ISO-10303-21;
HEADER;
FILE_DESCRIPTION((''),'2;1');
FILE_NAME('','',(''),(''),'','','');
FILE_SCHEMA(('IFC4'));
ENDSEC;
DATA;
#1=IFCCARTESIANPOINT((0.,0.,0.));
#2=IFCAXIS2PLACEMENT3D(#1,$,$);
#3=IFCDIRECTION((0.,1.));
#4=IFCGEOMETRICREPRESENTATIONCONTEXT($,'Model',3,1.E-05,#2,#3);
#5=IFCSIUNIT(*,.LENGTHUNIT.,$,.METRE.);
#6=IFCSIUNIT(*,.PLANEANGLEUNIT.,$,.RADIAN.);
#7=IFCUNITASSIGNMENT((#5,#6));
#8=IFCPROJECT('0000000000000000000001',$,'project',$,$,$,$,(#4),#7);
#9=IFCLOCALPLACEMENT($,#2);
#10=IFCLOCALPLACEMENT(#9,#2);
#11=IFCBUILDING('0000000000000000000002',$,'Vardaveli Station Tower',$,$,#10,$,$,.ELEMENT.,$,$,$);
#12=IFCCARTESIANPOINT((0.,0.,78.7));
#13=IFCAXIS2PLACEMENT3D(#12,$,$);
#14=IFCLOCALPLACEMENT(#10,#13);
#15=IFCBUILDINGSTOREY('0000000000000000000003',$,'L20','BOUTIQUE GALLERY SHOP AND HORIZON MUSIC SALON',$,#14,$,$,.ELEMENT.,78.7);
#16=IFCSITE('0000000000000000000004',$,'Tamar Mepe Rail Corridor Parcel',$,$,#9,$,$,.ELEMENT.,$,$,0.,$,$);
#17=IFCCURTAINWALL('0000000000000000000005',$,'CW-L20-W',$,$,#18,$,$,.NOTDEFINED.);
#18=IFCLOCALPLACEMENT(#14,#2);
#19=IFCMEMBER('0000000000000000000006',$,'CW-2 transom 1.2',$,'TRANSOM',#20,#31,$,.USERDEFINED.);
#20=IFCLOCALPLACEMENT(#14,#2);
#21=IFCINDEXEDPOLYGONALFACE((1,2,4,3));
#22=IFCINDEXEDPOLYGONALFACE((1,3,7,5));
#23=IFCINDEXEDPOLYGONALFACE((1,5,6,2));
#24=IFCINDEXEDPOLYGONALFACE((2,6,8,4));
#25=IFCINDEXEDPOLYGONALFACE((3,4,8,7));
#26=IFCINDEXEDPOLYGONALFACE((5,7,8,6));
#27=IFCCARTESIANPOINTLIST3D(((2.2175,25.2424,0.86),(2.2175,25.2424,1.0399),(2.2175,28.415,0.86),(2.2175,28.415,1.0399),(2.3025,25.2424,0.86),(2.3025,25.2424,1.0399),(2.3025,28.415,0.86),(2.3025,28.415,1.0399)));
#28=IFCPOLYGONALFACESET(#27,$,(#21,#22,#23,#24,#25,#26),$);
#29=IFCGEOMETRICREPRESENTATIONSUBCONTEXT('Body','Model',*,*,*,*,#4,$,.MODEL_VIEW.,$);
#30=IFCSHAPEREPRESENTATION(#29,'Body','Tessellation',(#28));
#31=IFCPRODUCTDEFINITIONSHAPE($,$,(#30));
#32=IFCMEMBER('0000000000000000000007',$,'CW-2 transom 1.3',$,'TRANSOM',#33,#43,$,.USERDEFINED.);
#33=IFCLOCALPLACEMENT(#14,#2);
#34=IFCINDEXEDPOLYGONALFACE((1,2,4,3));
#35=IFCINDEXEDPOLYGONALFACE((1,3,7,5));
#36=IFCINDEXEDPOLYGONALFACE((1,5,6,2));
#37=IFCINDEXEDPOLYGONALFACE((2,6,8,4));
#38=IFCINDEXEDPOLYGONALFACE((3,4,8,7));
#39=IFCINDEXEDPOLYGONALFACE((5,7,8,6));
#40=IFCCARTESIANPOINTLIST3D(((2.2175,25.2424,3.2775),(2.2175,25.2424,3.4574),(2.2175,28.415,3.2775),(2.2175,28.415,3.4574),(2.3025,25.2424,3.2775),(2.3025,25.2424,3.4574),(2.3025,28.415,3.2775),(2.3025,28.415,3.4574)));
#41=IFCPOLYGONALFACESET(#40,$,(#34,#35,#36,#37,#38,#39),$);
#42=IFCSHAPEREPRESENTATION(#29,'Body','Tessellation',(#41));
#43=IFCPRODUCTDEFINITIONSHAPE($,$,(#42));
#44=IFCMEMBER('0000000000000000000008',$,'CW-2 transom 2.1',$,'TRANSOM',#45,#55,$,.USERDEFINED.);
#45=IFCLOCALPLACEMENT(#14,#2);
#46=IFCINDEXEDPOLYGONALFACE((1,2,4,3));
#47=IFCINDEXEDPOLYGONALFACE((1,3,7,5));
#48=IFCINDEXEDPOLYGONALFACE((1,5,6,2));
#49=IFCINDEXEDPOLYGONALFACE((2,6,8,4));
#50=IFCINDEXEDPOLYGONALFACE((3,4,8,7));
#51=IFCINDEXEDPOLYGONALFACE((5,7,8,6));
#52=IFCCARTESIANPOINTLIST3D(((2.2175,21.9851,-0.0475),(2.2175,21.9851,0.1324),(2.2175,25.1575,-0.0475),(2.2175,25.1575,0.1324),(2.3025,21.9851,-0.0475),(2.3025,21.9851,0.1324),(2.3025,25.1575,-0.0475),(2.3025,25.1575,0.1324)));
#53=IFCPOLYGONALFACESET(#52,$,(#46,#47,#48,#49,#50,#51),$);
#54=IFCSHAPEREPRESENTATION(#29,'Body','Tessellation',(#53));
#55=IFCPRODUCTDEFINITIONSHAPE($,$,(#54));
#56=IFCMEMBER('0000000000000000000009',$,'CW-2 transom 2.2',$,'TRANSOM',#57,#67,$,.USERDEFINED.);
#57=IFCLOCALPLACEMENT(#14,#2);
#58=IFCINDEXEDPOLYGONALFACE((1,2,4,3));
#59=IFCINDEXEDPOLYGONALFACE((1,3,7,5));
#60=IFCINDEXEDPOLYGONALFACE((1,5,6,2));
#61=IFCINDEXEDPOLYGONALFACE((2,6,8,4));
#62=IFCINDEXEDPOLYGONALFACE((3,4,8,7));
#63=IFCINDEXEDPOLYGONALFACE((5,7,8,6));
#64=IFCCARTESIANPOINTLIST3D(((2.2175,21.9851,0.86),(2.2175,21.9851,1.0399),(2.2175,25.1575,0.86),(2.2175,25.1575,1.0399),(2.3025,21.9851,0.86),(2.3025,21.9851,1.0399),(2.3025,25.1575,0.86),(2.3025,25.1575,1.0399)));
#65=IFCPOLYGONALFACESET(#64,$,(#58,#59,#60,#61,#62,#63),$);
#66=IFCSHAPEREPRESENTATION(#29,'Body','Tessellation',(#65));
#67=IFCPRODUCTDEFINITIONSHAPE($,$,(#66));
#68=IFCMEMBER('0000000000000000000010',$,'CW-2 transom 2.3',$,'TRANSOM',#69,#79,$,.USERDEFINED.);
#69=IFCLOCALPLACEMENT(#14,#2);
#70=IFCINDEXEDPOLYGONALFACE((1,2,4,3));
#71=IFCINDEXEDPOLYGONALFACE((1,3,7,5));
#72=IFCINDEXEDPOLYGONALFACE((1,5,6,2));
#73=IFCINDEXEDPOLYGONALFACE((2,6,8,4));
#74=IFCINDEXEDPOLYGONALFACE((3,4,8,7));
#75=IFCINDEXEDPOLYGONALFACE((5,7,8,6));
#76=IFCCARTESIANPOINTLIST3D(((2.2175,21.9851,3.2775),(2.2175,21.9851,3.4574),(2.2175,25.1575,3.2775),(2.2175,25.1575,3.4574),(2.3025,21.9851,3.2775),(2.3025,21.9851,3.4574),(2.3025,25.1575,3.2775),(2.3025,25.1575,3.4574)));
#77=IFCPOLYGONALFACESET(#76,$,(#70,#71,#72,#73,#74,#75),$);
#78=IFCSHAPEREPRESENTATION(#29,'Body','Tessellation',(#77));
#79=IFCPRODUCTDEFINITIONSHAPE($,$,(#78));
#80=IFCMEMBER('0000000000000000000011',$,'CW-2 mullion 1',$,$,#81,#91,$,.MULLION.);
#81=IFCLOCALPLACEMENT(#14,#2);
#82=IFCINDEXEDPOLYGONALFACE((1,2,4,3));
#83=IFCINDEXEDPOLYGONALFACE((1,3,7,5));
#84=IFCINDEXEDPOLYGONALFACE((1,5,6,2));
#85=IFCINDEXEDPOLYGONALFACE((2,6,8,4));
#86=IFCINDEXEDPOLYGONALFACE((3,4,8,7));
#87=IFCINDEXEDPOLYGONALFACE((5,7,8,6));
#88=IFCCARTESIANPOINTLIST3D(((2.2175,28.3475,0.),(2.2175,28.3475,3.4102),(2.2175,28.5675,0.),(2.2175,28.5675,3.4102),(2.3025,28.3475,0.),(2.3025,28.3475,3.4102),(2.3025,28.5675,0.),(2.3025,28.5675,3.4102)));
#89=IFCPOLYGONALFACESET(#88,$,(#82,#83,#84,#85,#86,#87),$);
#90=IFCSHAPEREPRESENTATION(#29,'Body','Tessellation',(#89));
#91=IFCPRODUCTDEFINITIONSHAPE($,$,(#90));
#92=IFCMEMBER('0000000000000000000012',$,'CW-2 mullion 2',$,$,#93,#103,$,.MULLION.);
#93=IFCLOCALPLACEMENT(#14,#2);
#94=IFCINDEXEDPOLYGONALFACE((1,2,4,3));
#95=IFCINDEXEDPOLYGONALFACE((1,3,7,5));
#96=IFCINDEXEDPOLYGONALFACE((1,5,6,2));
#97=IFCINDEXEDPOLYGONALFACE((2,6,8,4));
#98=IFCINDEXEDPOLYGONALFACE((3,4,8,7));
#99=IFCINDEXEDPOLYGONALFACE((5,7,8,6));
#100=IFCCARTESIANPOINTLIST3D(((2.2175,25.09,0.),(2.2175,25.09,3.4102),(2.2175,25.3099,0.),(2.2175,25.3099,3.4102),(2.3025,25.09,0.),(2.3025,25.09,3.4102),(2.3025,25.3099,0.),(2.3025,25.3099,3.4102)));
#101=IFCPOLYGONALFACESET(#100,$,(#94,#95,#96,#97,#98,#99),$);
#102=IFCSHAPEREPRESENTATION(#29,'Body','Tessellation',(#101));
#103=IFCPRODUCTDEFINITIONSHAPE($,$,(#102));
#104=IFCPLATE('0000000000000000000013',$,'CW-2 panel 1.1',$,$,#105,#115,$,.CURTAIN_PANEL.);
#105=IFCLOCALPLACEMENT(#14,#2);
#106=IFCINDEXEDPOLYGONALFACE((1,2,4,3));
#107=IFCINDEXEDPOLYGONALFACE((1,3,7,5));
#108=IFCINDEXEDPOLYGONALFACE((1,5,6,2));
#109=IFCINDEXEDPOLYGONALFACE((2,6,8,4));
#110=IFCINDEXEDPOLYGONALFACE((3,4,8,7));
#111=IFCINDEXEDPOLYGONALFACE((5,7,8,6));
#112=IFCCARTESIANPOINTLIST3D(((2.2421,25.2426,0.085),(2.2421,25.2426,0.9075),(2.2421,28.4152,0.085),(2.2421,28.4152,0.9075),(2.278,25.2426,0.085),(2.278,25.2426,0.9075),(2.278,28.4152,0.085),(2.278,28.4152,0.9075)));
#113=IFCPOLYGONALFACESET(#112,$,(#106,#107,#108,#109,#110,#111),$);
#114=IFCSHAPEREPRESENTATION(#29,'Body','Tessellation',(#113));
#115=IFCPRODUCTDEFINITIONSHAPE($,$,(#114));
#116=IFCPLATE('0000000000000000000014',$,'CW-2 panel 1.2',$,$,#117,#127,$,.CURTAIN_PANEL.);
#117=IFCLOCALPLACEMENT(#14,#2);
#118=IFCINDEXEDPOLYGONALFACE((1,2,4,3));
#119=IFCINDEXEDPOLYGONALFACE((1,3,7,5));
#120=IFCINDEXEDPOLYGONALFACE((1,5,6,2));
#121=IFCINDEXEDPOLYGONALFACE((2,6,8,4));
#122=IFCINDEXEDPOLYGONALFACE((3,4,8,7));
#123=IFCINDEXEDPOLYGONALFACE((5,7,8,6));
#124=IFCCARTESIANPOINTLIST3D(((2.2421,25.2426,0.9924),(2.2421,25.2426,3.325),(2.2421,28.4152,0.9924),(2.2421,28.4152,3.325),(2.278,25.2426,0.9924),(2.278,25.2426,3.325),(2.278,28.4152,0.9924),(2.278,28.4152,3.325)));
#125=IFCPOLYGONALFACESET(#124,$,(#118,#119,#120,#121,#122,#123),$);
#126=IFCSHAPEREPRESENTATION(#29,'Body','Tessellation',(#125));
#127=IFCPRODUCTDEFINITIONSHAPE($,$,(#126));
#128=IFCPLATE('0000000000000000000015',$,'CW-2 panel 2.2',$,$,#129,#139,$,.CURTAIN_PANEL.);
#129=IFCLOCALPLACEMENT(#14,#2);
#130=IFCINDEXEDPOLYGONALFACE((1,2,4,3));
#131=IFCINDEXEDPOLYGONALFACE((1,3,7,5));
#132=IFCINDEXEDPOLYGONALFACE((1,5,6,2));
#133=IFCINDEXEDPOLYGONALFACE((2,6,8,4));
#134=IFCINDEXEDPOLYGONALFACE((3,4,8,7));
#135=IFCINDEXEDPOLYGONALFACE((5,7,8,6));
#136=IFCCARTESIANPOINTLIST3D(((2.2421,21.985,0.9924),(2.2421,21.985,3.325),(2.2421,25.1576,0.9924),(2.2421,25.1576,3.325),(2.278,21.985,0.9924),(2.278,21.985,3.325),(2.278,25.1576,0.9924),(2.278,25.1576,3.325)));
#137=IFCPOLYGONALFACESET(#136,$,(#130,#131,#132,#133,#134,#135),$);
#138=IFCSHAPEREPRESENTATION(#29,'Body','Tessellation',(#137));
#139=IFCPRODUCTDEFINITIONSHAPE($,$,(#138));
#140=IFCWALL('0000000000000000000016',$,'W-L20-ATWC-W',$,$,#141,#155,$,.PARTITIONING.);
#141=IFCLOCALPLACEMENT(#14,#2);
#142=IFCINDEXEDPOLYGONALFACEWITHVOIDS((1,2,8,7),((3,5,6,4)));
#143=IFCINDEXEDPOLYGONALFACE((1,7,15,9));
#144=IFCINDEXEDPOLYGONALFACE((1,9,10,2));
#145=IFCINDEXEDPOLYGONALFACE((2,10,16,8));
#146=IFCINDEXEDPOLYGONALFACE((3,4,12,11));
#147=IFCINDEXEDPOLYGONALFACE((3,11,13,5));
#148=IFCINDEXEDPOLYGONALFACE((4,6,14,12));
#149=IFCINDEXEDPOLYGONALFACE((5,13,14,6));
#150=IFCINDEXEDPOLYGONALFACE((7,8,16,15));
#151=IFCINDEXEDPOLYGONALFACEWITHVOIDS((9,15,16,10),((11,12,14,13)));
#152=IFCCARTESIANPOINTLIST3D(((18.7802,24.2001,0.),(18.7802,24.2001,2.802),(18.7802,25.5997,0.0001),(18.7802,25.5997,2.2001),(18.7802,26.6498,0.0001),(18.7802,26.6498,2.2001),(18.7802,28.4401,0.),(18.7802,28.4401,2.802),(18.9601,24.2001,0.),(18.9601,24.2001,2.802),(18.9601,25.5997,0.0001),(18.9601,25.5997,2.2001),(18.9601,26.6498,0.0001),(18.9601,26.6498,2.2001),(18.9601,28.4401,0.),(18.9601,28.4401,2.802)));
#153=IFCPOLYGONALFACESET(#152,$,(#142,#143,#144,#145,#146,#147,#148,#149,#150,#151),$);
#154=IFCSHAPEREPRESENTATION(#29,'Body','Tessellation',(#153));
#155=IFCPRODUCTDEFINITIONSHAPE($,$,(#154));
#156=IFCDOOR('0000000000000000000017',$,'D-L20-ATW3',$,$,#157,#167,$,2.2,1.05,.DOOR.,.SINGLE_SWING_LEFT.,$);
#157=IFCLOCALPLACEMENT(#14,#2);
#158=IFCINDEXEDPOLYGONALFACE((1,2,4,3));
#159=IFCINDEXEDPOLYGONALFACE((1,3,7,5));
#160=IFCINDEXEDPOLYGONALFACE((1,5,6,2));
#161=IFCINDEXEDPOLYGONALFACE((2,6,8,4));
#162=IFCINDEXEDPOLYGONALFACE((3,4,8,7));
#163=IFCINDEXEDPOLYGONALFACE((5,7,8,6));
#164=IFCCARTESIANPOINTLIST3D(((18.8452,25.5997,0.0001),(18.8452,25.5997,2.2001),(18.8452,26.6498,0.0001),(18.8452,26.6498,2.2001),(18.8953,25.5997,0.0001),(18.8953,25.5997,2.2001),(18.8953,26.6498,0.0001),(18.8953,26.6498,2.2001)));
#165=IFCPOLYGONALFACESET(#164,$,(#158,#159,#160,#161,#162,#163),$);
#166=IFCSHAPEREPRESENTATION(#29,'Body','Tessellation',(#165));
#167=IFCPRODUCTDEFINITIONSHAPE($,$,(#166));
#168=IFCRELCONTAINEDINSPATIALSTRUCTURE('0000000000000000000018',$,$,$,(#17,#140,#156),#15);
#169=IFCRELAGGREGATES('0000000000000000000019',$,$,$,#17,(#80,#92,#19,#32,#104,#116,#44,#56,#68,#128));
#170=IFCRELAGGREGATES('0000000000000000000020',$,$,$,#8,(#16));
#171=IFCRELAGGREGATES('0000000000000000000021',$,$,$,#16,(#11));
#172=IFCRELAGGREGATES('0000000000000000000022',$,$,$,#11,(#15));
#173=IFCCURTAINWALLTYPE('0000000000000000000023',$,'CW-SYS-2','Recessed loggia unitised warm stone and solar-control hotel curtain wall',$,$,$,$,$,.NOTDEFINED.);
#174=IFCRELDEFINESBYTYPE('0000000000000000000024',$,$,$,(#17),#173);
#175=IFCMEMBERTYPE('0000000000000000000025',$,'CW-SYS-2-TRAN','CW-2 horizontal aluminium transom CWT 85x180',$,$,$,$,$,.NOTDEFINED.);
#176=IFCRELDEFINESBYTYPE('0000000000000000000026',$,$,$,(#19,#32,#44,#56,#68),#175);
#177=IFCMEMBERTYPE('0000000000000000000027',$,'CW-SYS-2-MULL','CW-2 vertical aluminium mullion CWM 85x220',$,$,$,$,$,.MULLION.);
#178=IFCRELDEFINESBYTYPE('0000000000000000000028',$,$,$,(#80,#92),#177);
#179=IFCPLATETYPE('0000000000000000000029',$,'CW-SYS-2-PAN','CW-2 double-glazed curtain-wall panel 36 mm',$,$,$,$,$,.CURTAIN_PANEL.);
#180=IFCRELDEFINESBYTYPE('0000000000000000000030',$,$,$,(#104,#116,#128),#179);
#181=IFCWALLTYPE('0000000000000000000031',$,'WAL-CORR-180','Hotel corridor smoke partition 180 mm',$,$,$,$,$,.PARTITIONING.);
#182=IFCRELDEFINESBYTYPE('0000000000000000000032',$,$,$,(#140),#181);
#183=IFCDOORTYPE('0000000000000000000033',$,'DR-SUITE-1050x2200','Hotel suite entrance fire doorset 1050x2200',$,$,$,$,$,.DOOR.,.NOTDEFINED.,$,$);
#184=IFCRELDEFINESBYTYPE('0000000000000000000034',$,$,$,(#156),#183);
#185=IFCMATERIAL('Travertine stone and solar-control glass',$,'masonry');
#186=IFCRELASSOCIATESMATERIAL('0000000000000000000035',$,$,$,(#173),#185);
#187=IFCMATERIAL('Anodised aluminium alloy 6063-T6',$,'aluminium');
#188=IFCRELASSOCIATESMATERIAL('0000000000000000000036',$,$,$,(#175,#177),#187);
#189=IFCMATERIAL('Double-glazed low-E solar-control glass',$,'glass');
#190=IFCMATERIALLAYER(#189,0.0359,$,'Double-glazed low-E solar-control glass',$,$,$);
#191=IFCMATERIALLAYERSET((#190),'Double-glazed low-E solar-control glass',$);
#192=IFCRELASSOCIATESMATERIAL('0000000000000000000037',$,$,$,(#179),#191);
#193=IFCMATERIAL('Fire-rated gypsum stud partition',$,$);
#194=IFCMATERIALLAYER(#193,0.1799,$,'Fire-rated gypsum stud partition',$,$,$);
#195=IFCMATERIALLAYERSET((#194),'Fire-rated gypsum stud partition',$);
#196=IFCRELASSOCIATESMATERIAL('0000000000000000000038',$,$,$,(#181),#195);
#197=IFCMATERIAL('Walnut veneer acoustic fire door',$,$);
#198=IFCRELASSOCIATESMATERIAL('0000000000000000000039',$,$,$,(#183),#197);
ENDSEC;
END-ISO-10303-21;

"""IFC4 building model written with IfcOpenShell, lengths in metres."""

from ifc_helpers import new_model, si_unit, direction, frame, frame_2d, origin, origin_2d, place, context, subcontext, project, spatial, rectangle, extrude, source, transform, mapped, material, layer, layer_set, material_profile, profile_set, type_object, element, fill, aggregate, save


model = new_model("IFC4")

# Units and contexts
model_context = context("Model", 3, precision=1e-05, world=origin(), true_north=direction((0.0, 1.0)))
body_context = subcontext(model_context, "Body", "Model", "MODEL_VIEW")
ifc_project = project(units=[si_unit("LENGTHUNIT", "METRE"), si_unit("PLANEANGLEUNIT", "RADIAN")], contexts=[model_context])

# Site, building, storey
site_placement = place(None, origin())
site = spatial("IfcSite", under=ifc_project, at=site_placement, Name="Tamar Mepe Rail Corridor Parcel", CompositionType="ELEMENT", RefElevation=0.0)
building_placement = place(site_placement, origin())
building = spatial("IfcBuilding", under=site, at=building_placement, Name="Vardaveli Station Tower", CompositionType="ELEMENT")
storey_placement = place(building_placement, frame((0.0, 0.0, 78.7)))
storey = spatial("IfcBuildingStorey", under=building, at=storey_placement, Name="L20", Description="BOUTIQUE GALLERY SHOP AND HORIZON MUSIC SALON", CompositionType="ELEMENT", Elevation=78.7)

# Curtain wall, members, plates
ifc_material_1 = material(Name="Travertine stone and solar-control glass", Category="masonry")
curtain_wall_type = type_object("IfcCurtainWallType", Name="CW-SYS-2", Description="Recessed loggia unitised warm stone and solar-control hotel curtain wall", PredefinedType="NOTDEFINED", material=ifc_material_1)
curtain_wall_placement = place(storey_placement, origin())
curtain_wall = element("IfcCurtainWall", 1, at=curtain_wall_placement, inside=storey, type_object=curtain_wall_type, Name="CW-L20-W", PredefinedType="NOTDEFINED")
ifc_material_2 = material(Name="Anodised aluminium alloy 6063-T6", Category="aluminium")
ifc_material_profile_1 = material_profile(ifc_material_2, rectangle(XDim=0.085, YDim=0.1799, at=origin_2d()), Name="CWT 85x180")
ifc_profile_set_1 = profile_set([ifc_material_profile_1], Name="Anodised aluminium alloy 6063-T6")
member_type_1 = type_object("IfcMemberType", Name="CW-SYS-2-TRAN", Description="CW-2 horizontal aluminium transom CWT 85x180", PredefinedType="NOTDEFINED", material=ifc_profile_set_1)
shared_shape_1 = source(origin(), body_context, "Body", "SweptSolid", [
    extrude(rectangle(XDim=0.085, YDim=0.1799, at=origin_2d()), origin(), (0.0, 0.0, 1.0), 3.1726),
])
member_1_placement = place(storey_placement, frame((2.26, 28.415, 0.95), z_axis=(0.0, -1.0, 0.0), x_axis=(1.0, 0.0, 0.0)))
member_1 = element("IfcMember", 2, at=member_1_placement, type_object=member_type_1, Name="CW-2 transom 1.2", ObjectType="TRANSOM", PredefinedType="USERDEFINED", context=body_context, shape_type="MappedRepresentation", body=[
    mapped(shared_shape_1, transform((0.0, 0.0, 0.0), scale=1.0)),
])
member_2_placement = place(storey_placement, frame((2.26, 28.415, 3.3674), z_axis=(0.0, -1.0, 0.0), x_axis=(1.0, 0.0, 0.0)))
member_2 = element("IfcMember", 3, at=member_2_placement, type_object=member_type_1, Name="CW-2 transom 1.3", ObjectType="TRANSOM", PredefinedType="USERDEFINED", context=body_context, shape_type="MappedRepresentation", body=[
    mapped(shared_shape_1, transform((0.0, 0.0, 0.0), scale=1.0)),
])
shared_shape_2 = source(origin(), body_context, "Body", "SweptSolid", [
    extrude(rectangle(XDim=0.085, YDim=0.1799, at=origin_2d()), origin(), (0.0, 0.0, 1.0), 3.1724),
])
member_3_placement = place(storey_placement, frame((2.26, 25.1575, 0.0425), z_axis=(0.0, -1.0, 0.0), x_axis=(1.0, 0.0, 0.0)))
member_3 = element("IfcMember", 4, at=member_3_placement, type_object=member_type_1, Name="CW-2 transom 2.1", ObjectType="TRANSOM", PredefinedType="USERDEFINED", context=body_context, shape_type="MappedRepresentation", body=[
    mapped(shared_shape_2, transform((0.0, 0.0, 0.0), scale=1.0)),
])
member_4_placement = place(storey_placement, frame((2.26, 25.1575, 0.95), z_axis=(0.0, -1.0, 0.0), x_axis=(1.0, 0.0, 0.0)))
member_4 = element("IfcMember", 5, at=member_4_placement, type_object=member_type_1, Name="CW-2 transom 2.2", ObjectType="TRANSOM", PredefinedType="USERDEFINED", context=body_context, shape_type="MappedRepresentation", body=[
    mapped(shared_shape_2, transform((0.0, 0.0, 0.0), scale=1.0)),
])
member_5_placement = place(storey_placement, frame((2.26, 25.1575, 3.3674), z_axis=(0.0, -1.0, 0.0), x_axis=(1.0, 0.0, 0.0)))
member_5 = element("IfcMember", 6, at=member_5_placement, type_object=member_type_1, Name="CW-2 transom 2.3", ObjectType="TRANSOM", PredefinedType="USERDEFINED", context=body_context, shape_type="MappedRepresentation", body=[
    mapped(shared_shape_2, transform((0.0, 0.0, 0.0), scale=1.0)),
])
ifc_material_profile_2 = material_profile(ifc_material_2, rectangle(XDim=0.085, YDim=0.22, at=origin_2d()), Name="CWM 85x220")
ifc_profile_set_2 = profile_set([ifc_material_profile_2], Name="Anodised aluminium alloy 6063-T6")
member_type_2 = type_object("IfcMemberType", Name="CW-SYS-2-MULL", Description="CW-2 vertical aluminium mullion CWM 85x220", PredefinedType="MULLION", material=ifc_profile_set_2)
shared_shape_3 = source(origin(), body_context, "Body", "SweptSolid", [
    extrude(rectangle(XDim=0.085, YDim=0.22, at=origin_2d()), origin(), (0.0, 0.0, 1.0), 3.4102),
])
member_6_placement = place(storey_placement, frame((2.26, 28.4575, 0.0), z_axis=(0.0, 0.0, 1.0), x_axis=(1.0, 0.0, 0.0)))
member_6 = element("IfcMember", 7, at=member_6_placement, type_object=member_type_2, Name="CW-2 mullion 1", PredefinedType="MULLION", context=body_context, shape_type="MappedRepresentation", body=[
    mapped(shared_shape_3, transform((0.0, 0.0, 0.0), scale=1.0)),
])
member_7_placement = place(storey_placement, frame((2.26, 25.2, 0.0), z_axis=(0.0, 0.0, 1.0), x_axis=(1.0, 0.0, 0.0)))
member_7 = element("IfcMember", 8, at=member_7_placement, type_object=member_type_2, Name="CW-2 mullion 2", PredefinedType="MULLION", context=body_context, shape_type="MappedRepresentation", body=[
    mapped(shared_shape_3, transform((0.0, 0.0, 0.0), scale=1.0)),
])
ifc_material_3 = material(Name="Double-glazed low-E solar-control glass", Category="glass")
ifc_layer_1 = layer(ifc_material_3, 0.0359, Name="Double-glazed low-E solar-control glass")
ifc_layer_set_1 = layer_set([ifc_layer_1], Name="Double-glazed low-E solar-control glass")
plate_type = type_object("IfcPlateType", Name="CW-SYS-2-PAN", Description="CW-2 double-glazed curtain-wall panel 36 mm", PredefinedType="CURTAIN_PANEL", material=ifc_layer_set_1)
shared_shape_4 = source(origin(), body_context, "Body", "SweptSolid", [
    extrude(rectangle(XDim=3.1726, YDim=0.0359, at=origin_2d()), origin(), (0.0, 0.0, 1.0), 0.8225),
])
plate_1_placement = place(storey_placement, frame((2.26, 26.8289, 0.085), z_axis=(0.0, 0.0, 1.0), x_axis=(0.0, -1.0, 0.0)))
plate_1 = element("IfcPlate", 9, at=plate_1_placement, type_object=plate_type, Name="CW-2 panel 1.1", PredefinedType="CURTAIN_PANEL", context=body_context, shape_type="MappedRepresentation", body=[
    mapped(shared_shape_4, transform((0.0, 0.0, 0.0), scale=1.0)),
])
shared_shape_5 = source(origin(), body_context, "Body", "SweptSolid", [
    extrude(rectangle(XDim=3.1726, YDim=0.0359, at=origin_2d()), origin(), (0.0, 0.0, 1.0), 2.3325),
])
plate_2_placement = place(storey_placement, frame((2.26, 26.8289, 0.9924), z_axis=(0.0, 0.0, 1.0), x_axis=(0.0, -1.0, 0.0)))
plate_2 = element("IfcPlate", 10, at=plate_2_placement, type_object=plate_type, Name="CW-2 panel 1.2", PredefinedType="CURTAIN_PANEL", context=body_context, shape_type="MappedRepresentation", body=[
    mapped(shared_shape_5, transform((0.0, 0.0, 0.0), scale=1.0)),
])
plate_3_placement = place(storey_placement, frame((2.26, 23.5713, 0.9924), z_axis=(0.0, 0.0, 1.0), x_axis=(0.0, -1.0, 0.0)))
plate_3 = element("IfcPlate", 11, at=plate_3_placement, type_object=plate_type, Name="CW-2 panel 2.2", PredefinedType="CURTAIN_PANEL", context=body_context, shape_type="MappedRepresentation", body=[
    mapped(shared_shape_5, transform((0.0, 0.0, 0.0), scale=1.0)),
])
aggregate(curtain_wall, [member_6, member_7, member_1, member_2, plate_1, plate_2, member_3, member_4, member_5, plate_3])

# Wall, opening, door
ifc_material_4 = material(Name="Fire-rated gypsum stud partition")
ifc_layer_2 = layer(ifc_material_4, 0.1799, Name="Fire-rated gypsum stud partition")
ifc_layer_set_2 = layer_set([ifc_layer_2], Name="Fire-rated gypsum stud partition")
wall_type = type_object("IfcWallType", Name="WAL-CORR-180", Description="Hotel corridor smoke partition 180 mm", PredefinedType="PARTITIONING", material=ifc_layer_set_2)
shared_shape_6 = source(origin(), body_context, "Body", "SweptSolid", [
    extrude(rectangle(XDim=4.24, YDim=0.1799, at=frame_2d((2.1201, 0.0))), origin(), (0.0, 0.0, 1.0), 2.802),
])
wall_1_placement = place(storey_placement, frame((18.8701, 24.2, 0.0), z_axis=(0.0, 0.0, 1.0), x_axis=(0.0, 1.0, 0.0)))
wall_1 = element("IfcWall", 12, at=wall_1_placement, inside=storey, type_object=wall_type, Name="W-L20-ATWC-W", PredefinedType="PARTITIONING", context=body_context, shape_type="MappedRepresentation", body=[
    mapped(shared_shape_6, transform((0.0, 0.0, 0.0), scale=1.0)),
])
shared_shape_7 = source(origin(), body_context, "Body", "SweptSolid", [
    extrude(rectangle(XDim=1.05, YDim=2.2, at=frame_2d((0.5249, 1.1001))), frame((0.0, 0.1001, 0.0), z_axis=(0.0, -1.0, 0.0), x_axis=(1.0, 0.0, 0.0)), (0.0, 0.0, 1.0), 0.2),
])
opening_placement = place(wall_1_placement, frame((1.3999, 0.0, 0.0)))
opening = element("IfcOpeningElement", 13, at=opening_placement, cuts=wall_1, PredefinedType="OPENING", context=body_context, shape_type="MappedRepresentation", body=[
    mapped(shared_shape_7, transform((0.0, 0.0, 0.0), scale=1.0)),
])
ifc_material_5 = material(Name="Walnut veneer acoustic fire door")
door_type = type_object("IfcDoorType", Name="DR-SUITE-1050x2200", Description="Hotel suite entrance fire doorset 1050x2200", OperationType="NOTDEFINED", PredefinedType="DOOR", material=ifc_material_5)
shared_shape_8 = source(origin(), body_context, "Body", "SweptSolid", [
    extrude(rectangle(XDim=1.05, YDim=2.2, at=frame_2d((0.5249, 1.1001))), frame((0.0, 0.0249, 0.0), z_axis=(0.0, -1.0, 0.0), x_axis=(1.0, 0.0, 0.0)), (0.0, 0.0, 1.0), 0.05),
])
door_placement = place(opening_placement, origin())
door = element("IfcDoor", 14, at=door_placement, inside=storey, type_object=door_type, Name="D-L20-ATW3", OperationType="SINGLE_SWING_LEFT", OverallHeight=2.2, OverallWidth=1.05, PredefinedType="DOOR", context=body_context, shape_type="MappedRepresentation", body=[
    mapped(shared_shape_8, transform((0.0, 0.0, 0.0), scale=1.0)),
])
fill(opening, door)

save(model, "model.ifc")
